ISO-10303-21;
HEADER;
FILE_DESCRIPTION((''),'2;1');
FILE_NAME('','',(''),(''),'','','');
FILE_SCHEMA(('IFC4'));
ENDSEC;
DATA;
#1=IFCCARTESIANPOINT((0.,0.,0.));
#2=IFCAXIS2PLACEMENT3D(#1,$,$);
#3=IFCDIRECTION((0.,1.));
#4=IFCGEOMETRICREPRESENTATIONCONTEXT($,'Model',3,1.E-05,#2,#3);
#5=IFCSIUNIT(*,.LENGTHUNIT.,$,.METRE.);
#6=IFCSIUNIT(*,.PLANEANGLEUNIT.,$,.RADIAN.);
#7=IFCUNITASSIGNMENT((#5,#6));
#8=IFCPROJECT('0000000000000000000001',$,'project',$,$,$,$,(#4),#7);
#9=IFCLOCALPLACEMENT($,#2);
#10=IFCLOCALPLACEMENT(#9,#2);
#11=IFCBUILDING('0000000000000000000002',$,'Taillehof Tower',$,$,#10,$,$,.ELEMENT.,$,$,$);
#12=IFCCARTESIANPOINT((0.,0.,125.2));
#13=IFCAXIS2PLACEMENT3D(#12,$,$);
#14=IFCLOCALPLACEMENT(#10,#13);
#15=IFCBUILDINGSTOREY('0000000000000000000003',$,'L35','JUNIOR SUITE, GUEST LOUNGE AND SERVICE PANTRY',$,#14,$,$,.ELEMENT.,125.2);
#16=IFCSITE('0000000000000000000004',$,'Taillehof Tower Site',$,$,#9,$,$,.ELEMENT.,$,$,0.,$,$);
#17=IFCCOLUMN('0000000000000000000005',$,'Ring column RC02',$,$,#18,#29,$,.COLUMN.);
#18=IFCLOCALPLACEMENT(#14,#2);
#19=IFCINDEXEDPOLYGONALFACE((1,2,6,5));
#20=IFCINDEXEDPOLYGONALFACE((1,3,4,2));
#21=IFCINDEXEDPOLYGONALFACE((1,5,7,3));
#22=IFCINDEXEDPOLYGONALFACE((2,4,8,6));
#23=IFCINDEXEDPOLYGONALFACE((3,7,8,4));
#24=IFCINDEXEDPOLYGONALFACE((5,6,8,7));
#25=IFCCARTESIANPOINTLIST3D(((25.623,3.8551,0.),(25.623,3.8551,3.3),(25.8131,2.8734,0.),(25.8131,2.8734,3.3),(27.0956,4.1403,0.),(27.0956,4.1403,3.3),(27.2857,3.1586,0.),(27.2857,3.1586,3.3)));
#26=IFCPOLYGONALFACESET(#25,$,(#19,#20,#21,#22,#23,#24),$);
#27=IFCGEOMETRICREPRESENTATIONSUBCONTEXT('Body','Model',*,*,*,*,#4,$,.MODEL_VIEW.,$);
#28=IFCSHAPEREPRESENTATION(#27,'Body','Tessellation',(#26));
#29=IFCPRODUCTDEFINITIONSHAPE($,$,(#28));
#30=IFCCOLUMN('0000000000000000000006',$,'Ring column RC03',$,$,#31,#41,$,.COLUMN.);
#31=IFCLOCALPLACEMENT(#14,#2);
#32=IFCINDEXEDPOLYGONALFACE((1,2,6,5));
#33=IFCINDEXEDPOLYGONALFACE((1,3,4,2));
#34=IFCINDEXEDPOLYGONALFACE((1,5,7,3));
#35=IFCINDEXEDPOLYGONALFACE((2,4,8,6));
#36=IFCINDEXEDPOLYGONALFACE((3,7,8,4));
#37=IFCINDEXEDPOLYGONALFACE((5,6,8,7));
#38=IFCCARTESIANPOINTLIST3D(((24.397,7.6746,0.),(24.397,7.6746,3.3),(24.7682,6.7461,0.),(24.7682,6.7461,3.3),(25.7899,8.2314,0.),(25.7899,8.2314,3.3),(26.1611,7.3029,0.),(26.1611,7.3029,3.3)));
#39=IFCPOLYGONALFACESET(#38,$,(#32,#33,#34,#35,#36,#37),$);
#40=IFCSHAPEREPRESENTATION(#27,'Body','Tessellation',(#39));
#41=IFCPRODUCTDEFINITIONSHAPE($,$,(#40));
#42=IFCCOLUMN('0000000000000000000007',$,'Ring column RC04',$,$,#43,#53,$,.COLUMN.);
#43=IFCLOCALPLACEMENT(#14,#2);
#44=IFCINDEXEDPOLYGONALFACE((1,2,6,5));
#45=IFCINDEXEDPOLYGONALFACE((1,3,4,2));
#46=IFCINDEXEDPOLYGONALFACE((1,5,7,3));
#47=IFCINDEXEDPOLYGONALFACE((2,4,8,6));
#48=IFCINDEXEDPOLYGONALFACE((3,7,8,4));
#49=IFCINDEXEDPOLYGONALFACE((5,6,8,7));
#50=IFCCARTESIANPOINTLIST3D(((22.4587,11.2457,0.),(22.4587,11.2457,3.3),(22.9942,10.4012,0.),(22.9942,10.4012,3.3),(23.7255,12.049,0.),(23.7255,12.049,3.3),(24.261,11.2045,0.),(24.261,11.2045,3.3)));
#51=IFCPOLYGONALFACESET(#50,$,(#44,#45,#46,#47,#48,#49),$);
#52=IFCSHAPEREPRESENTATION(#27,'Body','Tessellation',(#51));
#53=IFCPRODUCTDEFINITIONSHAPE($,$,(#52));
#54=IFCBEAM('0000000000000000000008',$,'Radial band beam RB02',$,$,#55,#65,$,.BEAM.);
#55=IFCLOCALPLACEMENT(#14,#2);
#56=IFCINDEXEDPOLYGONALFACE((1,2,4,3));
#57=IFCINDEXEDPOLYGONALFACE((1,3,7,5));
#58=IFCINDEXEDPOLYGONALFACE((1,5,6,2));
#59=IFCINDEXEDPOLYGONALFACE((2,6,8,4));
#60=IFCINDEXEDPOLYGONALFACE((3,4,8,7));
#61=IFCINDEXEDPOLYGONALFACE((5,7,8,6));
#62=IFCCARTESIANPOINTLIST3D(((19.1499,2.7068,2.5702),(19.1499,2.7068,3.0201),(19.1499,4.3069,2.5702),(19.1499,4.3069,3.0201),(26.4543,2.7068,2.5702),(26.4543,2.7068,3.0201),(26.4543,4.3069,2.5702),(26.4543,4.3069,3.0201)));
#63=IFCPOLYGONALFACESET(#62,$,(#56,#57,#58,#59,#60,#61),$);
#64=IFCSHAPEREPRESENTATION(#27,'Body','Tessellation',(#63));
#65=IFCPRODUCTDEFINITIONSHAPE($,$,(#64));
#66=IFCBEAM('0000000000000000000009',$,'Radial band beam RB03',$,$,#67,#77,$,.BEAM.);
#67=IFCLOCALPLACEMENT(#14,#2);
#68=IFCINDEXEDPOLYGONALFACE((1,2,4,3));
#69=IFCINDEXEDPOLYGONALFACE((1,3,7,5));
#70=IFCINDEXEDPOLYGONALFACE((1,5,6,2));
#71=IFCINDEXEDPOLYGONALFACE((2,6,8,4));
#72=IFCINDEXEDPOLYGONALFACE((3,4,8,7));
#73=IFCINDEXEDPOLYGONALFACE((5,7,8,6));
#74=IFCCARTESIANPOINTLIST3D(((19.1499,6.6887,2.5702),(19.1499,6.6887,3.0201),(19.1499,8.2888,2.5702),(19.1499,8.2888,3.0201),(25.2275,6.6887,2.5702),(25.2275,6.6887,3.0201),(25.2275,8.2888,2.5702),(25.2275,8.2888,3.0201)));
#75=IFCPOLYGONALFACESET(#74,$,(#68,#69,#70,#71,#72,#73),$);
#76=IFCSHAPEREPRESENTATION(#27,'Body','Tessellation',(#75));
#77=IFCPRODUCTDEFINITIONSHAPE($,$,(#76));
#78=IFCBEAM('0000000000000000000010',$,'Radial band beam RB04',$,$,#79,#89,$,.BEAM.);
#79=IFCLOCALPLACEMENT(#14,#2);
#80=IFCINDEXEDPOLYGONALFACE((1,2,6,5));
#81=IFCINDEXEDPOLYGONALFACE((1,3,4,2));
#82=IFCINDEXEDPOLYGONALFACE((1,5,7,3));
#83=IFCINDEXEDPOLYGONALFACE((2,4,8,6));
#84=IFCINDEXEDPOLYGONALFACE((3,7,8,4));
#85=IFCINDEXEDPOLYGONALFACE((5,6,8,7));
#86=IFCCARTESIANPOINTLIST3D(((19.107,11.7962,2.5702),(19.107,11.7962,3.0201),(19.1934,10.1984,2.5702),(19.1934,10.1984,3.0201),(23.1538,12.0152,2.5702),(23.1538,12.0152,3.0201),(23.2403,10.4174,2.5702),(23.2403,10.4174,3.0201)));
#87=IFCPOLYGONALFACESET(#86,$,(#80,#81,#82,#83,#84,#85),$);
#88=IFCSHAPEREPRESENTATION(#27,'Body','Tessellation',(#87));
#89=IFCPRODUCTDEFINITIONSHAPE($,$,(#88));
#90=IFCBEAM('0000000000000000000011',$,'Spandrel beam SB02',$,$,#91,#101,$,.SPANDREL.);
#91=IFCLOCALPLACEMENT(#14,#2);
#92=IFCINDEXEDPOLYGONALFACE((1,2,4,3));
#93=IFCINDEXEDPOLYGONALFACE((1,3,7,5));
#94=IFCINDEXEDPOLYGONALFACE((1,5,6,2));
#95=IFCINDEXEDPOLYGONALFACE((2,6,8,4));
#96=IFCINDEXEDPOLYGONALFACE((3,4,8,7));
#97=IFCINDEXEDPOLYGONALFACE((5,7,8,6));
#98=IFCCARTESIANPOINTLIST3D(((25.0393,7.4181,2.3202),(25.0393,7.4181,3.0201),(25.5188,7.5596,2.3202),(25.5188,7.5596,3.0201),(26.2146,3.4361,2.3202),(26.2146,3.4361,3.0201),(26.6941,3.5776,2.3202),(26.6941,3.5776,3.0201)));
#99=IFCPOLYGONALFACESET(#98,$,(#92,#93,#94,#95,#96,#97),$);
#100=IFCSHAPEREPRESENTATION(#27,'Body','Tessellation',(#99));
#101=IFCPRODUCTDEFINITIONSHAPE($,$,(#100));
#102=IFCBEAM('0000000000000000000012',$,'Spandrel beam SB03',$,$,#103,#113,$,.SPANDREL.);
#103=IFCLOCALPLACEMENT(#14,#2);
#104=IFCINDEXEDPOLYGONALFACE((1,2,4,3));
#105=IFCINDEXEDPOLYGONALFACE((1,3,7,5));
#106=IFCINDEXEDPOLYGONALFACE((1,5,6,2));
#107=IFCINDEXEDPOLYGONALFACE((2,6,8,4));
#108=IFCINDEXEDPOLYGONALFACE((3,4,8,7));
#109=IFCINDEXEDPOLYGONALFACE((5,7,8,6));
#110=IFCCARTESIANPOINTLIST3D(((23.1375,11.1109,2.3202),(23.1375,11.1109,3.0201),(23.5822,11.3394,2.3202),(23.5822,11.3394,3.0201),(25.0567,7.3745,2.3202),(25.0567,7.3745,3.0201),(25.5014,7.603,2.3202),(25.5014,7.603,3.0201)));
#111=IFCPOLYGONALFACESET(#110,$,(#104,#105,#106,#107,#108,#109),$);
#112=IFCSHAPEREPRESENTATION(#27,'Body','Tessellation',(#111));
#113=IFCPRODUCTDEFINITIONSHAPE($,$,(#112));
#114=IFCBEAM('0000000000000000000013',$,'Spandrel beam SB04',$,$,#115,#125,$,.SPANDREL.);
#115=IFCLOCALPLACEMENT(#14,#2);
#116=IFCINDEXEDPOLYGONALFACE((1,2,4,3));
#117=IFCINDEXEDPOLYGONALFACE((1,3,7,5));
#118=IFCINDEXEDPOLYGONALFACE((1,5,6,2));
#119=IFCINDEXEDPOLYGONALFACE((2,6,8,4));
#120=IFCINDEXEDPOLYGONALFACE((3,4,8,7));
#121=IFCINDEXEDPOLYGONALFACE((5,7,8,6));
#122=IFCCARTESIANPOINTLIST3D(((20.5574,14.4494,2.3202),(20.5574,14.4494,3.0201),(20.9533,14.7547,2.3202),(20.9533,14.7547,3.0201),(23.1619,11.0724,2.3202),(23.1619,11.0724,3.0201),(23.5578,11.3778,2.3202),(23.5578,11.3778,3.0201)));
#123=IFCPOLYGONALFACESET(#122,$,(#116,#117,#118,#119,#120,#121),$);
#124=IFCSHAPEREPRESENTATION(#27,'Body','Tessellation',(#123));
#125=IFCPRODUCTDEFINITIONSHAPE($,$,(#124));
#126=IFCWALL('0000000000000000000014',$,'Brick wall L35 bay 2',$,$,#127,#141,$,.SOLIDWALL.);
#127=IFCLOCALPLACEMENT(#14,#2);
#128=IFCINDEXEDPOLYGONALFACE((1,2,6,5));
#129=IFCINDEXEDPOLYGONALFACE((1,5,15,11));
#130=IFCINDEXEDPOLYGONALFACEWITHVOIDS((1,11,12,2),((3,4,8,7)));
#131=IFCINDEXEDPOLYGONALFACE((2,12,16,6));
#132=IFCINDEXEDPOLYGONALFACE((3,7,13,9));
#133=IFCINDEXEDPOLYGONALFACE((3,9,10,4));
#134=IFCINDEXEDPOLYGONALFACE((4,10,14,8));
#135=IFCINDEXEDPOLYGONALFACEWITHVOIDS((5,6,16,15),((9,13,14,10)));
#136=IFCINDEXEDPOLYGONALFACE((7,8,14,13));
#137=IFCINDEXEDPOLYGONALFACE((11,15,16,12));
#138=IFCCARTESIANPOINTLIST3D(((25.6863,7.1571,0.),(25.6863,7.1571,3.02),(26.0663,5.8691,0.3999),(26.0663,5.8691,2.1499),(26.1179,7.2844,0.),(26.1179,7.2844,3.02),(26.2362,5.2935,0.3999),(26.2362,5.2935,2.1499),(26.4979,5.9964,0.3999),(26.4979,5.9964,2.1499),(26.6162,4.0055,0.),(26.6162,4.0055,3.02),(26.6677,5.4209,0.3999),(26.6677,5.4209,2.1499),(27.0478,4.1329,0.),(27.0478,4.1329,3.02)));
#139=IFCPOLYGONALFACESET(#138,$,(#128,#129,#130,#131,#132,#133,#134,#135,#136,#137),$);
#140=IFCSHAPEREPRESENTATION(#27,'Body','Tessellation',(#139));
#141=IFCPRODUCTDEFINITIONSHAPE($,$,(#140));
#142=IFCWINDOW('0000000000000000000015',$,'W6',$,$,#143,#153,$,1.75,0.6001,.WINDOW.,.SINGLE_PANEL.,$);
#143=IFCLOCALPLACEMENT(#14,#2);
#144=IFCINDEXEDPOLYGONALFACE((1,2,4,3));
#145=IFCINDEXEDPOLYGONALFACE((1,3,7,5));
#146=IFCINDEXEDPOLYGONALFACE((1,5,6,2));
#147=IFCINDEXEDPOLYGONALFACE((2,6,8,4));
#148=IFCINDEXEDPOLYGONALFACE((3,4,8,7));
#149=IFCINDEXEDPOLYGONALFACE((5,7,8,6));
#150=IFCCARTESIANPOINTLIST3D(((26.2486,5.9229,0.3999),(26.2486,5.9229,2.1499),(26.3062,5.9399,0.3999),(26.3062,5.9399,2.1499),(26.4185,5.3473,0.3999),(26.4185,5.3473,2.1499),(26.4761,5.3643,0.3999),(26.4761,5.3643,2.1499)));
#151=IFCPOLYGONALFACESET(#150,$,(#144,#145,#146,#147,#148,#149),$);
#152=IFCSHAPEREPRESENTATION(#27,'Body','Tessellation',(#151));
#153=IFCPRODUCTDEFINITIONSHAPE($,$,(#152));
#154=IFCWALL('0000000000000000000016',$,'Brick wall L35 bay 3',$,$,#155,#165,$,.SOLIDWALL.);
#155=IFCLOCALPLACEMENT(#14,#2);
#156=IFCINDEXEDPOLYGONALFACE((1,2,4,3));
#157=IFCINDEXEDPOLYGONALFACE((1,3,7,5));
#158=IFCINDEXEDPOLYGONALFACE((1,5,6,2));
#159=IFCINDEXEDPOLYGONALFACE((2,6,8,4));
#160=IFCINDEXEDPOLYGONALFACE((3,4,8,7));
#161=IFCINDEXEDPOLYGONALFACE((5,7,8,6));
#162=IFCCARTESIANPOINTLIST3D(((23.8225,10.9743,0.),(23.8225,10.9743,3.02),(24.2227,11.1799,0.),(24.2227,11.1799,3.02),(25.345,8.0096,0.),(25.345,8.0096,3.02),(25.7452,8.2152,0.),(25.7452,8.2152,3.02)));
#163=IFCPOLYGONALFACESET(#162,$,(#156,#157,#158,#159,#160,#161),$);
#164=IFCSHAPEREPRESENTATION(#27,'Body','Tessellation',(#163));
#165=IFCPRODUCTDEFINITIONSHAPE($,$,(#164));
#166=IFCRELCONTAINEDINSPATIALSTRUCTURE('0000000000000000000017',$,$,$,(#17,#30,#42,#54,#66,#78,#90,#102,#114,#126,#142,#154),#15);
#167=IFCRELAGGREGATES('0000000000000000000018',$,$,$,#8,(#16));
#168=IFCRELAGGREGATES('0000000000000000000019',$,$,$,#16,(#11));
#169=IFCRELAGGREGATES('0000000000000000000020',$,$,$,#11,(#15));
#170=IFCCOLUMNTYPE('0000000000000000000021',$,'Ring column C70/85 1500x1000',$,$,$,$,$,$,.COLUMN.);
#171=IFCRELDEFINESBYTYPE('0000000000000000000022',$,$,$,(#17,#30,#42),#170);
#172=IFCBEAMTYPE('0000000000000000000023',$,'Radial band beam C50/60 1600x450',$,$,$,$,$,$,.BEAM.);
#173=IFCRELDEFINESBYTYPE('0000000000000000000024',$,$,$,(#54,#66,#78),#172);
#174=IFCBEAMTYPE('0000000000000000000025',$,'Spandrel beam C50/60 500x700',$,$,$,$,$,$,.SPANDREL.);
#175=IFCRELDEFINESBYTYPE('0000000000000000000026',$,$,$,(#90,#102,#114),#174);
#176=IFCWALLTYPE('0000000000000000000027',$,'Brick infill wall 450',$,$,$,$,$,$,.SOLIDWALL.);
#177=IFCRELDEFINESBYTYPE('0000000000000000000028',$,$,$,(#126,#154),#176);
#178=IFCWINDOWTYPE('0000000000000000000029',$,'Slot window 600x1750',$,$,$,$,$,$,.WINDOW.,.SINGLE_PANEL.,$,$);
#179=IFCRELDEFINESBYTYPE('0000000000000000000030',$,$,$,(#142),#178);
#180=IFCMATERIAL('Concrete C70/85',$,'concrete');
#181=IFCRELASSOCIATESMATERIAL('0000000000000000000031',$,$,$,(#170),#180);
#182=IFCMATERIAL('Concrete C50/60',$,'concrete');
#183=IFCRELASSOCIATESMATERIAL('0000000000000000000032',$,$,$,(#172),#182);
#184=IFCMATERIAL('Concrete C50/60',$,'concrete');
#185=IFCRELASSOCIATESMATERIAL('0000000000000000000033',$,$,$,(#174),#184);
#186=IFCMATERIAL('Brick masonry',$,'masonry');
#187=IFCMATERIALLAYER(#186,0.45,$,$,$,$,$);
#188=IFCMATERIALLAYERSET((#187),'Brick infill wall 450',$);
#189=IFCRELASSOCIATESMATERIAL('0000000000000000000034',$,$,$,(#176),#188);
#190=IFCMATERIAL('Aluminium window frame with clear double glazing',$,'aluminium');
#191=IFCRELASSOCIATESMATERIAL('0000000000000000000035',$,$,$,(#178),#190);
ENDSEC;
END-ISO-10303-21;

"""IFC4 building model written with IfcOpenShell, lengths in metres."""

from ifc_helpers import new_model, si_unit, direction, frame, frame_2d, origin, origin_2d, place, context, subcontext, project, spatial, rectangle, extrude, material, layer, layer_set, material_profile, profile_set, type_object, element, fill, save


model = new_model("IFC4")

# Units and contexts
model_context = context("Model", 3, precision=1e-05, world=origin(), true_north=direction((0.0, 1.0)))
body_context = subcontext(model_context, "Body", "Model", "MODEL_VIEW")
ifc_project = project(units=[si_unit("LENGTHUNIT", "METRE"), si_unit("PLANEANGLEUNIT", "RADIAN")], contexts=[model_context])

# Site, building, storey
site_placement = place(None, origin())
site = spatial("IfcSite", under=ifc_project, at=site_placement, Name="Taillehof Tower Site", CompositionType="ELEMENT", RefElevation=0.0)
building_placement = place(site_placement, origin())
building = spatial("IfcBuilding", under=site, at=building_placement, Name="Taillehof Tower", CompositionType="ELEMENT")
storey_placement = place(building_placement, frame((0.0, 0.0, 125.2)))
storey = spatial("IfcBuildingStorey", under=building, at=storey_placement, Name="L35", Description="JUNIOR SUITE, GUEST LOUNGE AND SERVICE PANTRY", CompositionType="ELEMENT", Elevation=125.2)

# Columns
ifc_material_1 = material(Name="Concrete C70/85", Category="concrete")
ifc_material_profile_1 = material_profile(ifc_material_1, rectangle(XDim=1.5, YDim=1.0, at=origin_2d()), Name="RC 1500x1000")
ifc_profile_set_1 = profile_set([ifc_material_profile_1], Name="Concrete C70/85")
column_type = type_object("IfcColumnType", Name="Ring column C70/85 1500x1000", PredefinedType="COLUMN", material=ifc_profile_set_1)
for number, where, z_axis, x_axis, name in (
    (1, (26.4543, 3.5068, 0.0), (0.0, 0.0, 1.0), (0.981757, 0.190138, 0.0), "Ring column RC02"),
    (2, (25.2791, 7.4888, 0.0), (0.0, 0.0, 1.0), (0.92855, 0.371207, 0.0), "Ring column RC03"),
    (3, (23.3599, 11.2251, 0.0), (0.0, 0.0, 1.0), (0.844511, 0.535537, 0.0), "Ring column RC04"),
):
    element("IfcColumn", number, at=place(storey_placement, frame(where, z_axis=z_axis, x_axis=x_axis)), inside=storey, type_object=column_type, Name=name, PredefinedType="COLUMN", context=body_context, shape_type="SweptSolid", body=[
        extrude(rectangle(XDim=1.5, YDim=1.0, at=origin_2d()), origin(), (0.0, 0.0, 1.0), 3.3),
    ])

# Beams
ifc_material_2 = material(Name="Concrete C50/60", Category="concrete")
ifc_material_profile_2 = material_profile(ifc_material_2, rectangle(XDim=1.6001, YDim=0.45, at=origin_2d()), Name="RC 1600x450")
ifc_profile_set_2 = profile_set([ifc_material_profile_2], Name="Concrete C50/60")
beam_type_1 = type_object("IfcBeamType", Name="Radial band beam C50/60 1600x450", PredefinedType="BEAM", material=ifc_profile_set_2)
beam_1_placement = place(storey_placement, frame((26.4543, 3.5068, 2.7952), z_axis=(-1.0, 0.0, 0.0), x_axis=(0.0, -1.0, 0.0)))
element("IfcBeam", 4, at=beam_1_placement, inside=storey, type_object=beam_type_1, Name="Radial band beam RB02", PredefinedType="BEAM", context=body_context, shape_type="SweptSolid", body=[
    extrude(rectangle(XDim=1.6001, YDim=0.45, at=origin_2d()), origin(), (0.0, 0.0, 1.0), 7.3044),
])
beam_2_placement = place(storey_placement, frame((25.2275, 7.4888, 2.7952), z_axis=(-1.0, 0.0, 0.0), x_axis=(0.0, -1.0, 0.0)))
element("IfcBeam", 5, at=beam_2_placement, inside=storey, type_object=beam_type_1, Name="Radial band beam RB03", PredefinedType="BEAM", context=body_context, shape_type="SweptSolid", body=[
    extrude(rectangle(XDim=1.6001, YDim=0.45, at=origin_2d()), origin(), (0.0, 0.0, 1.0), 6.0776),
])
beam_3_placement = place(storey_placement, frame((23.197, 11.2163, 2.7952), z_axis=(-0.998539, -0.054035, 0.0), x_axis=(0.054035, -0.998539, 0.0)))
element("IfcBeam", 6, at=beam_3_placement, inside=storey, type_object=beam_type_1, Name="Radial band beam RB04", PredefinedType="BEAM", context=body_context, shape_type="SweptSolid", body=[
    extrude(rectangle(XDim=1.6001, YDim=0.45, at=origin_2d()), origin(), (0.0, 0.0, 1.0), 4.0527),
])
ifc_material_3 = material(Name="Concrete C50/60", Category="concrete")
ifc_material_profile_3 = material_profile(ifc_material_3, rectangle(XDim=0.5, YDim=0.7, at=origin_2d()), Name="RC 500x700")
ifc_profile_set_3 = profile_set([ifc_material_profile_3], Name="Concrete C50/60")
beam_type_2 = type_object("IfcBeamType", Name="Spandrel beam C50/60 500x700", PredefinedType="SPANDREL", material=ifc_profile_set_3)
beam_4_placement = place(storey_placement, frame((26.4543, 3.5068, 2.6702), z_axis=(-0.283083, 0.959095, 0.0), x_axis=(-0.959095, -0.283083, 0.0)))
element("IfcBeam", 7, at=beam_4_placement, inside=storey, type_object=beam_type_2, Name="Spandrel beam SB02", PredefinedType="SPANDREL", context=body_context, shape_type="SweptSolid", body=[
    extrude(rectangle(XDim=0.5, YDim=0.7, at=origin_2d()), origin(), (0.0, 0.0, 1.0), 4.1519),
])
beam_5_placement = place(storey_placement, frame((25.2791, 7.4888, 2.6702), z_axis=(-0.456905, 0.889515, 0.0), x_axis=(-0.889515, -0.456905, 0.0)))
element("IfcBeam", 8, at=beam_5_placement, inside=storey, type_object=beam_type_2, Name="Spandrel beam SB03", PredefinedType="SPANDREL", context=body_context, shape_type="SweptSolid", body=[
    extrude(rectangle(XDim=0.5, YDim=0.7, at=origin_2d()), origin(), (0.0, 0.0, 1.0), 4.2004),
])
beam_6_placement = place(storey_placement, frame((23.3599, 11.2251, 2.6702), z_axis=(-0.610717, 0.791849, 0.0), x_axis=(-0.791849, -0.610717, 0.0)))
element("IfcBeam", 9, at=beam_6_placement, inside=storey, type_object=beam_type_2, Name="Spandrel beam SB04", PredefinedType="SPANDREL", context=body_context, shape_type="SweptSolid", body=[
    extrude(rectangle(XDim=0.5, YDim=0.7, at=origin_2d()), origin(), (0.0, 0.0, 1.0), 4.2646),
])

# Wall, opening, window
ifc_material_4 = material(Name="Brick masonry", Category="masonry")
ifc_layer_1 = layer(ifc_material_4, 0.45)
ifc_layer_set_1 = layer_set([ifc_layer_1], Name="Brick infill wall 450")
wall_type_1 = type_object("IfcWallType", Name="Brick infill wall 450", PredefinedType="SOLIDWALL", material=ifc_layer_set_1)
wall_1_placement = place(storey_placement, frame((26.832, 4.0691, 0.0), z_axis=(0.0, 0.0, 1.0), x_axis=(-0.283003, 0.959119, 0.0)))
wall_1 = element("IfcWall", 10, at=wall_1_placement, inside=storey, type_object=wall_type_1, Name="Brick wall L35 bay 2", PredefinedType="SOLIDWALL", context=body_context, shape_type="SweptSolid", body=[
    extrude(rectangle(XDim=3.2859, YDim=0.45, at=frame_2d((1.6431, 0.0))), origin(), (0.0, 0.0, 1.0), 3.02),
])
opening_1_placement = place(wall_1_placement, frame((1.343, 0.0, 0.3999)))
opening_1 = element("IfcOpeningElement", 11, at=opening_1_placement, cuts=wall_1, PredefinedType="OPENING", context=body_context, shape_type="SweptSolid", body=[
    extrude(rectangle(XDim=0.6001, YDim=1.75, at=frame_2d((0.3, 0.875))), frame((0.0, 0.2349, 0.0), z_axis=(0.0, -1.0, 0.0), x_axis=(1.0, 0.0, 0.0)), (0.0, 0.0, 1.0), 0.47),
])
ifc_material_5 = material(Name="Aluminium window frame with clear double glazing", Category="aluminium")
window_type = type_object("IfcWindowType", Name="Slot window 600x1750", PartitioningType="SINGLE_PANEL", PredefinedType="WINDOW", material=ifc_material_5)
window_placement = place(opening_1_placement, origin())
window = element("IfcWindow", 12, at=window_placement, inside=storey, type_object=window_type, Name="W6", OverallHeight=1.75, OverallWidth=0.6001, PartitioningType="SINGLE_PANEL", PredefinedType="WINDOW", context=body_context, shape_type="SweptSolid", body=[
    extrude(rectangle(XDim=0.6001, YDim=1.75, at=frame_2d((0.3, 0.875))), frame((0.0, 0.0349, 0.0), z_axis=(0.0, -1.0, 0.0), x_axis=(1.0, 0.0, 0.0)), (0.0, 0.0, 1.0), 0.0601),
])
fill(opening_1, window)

# Wall
wall_2_placement = place(storey_placement, frame((25.5452, 8.1123, 0.0), z_axis=(0.0, 0.0, 1.0), x_axis=(-0.456828, 0.889555, 0.0)))
element("IfcWall", 13, at=wall_2_placement, inside=storey, type_object=wall_type_1, Name="Brick wall L35 bay 3", PredefinedType="SOLIDWALL", context=body_context, shape_type="SweptSolid", body=[
    extrude(rectangle(XDim=3.3328, YDim=0.45, at=frame_2d((1.6665, 0.0))), origin(), (0.0, 0.0, 1.0), 3.02),
])

save(model, "model.ifc")
